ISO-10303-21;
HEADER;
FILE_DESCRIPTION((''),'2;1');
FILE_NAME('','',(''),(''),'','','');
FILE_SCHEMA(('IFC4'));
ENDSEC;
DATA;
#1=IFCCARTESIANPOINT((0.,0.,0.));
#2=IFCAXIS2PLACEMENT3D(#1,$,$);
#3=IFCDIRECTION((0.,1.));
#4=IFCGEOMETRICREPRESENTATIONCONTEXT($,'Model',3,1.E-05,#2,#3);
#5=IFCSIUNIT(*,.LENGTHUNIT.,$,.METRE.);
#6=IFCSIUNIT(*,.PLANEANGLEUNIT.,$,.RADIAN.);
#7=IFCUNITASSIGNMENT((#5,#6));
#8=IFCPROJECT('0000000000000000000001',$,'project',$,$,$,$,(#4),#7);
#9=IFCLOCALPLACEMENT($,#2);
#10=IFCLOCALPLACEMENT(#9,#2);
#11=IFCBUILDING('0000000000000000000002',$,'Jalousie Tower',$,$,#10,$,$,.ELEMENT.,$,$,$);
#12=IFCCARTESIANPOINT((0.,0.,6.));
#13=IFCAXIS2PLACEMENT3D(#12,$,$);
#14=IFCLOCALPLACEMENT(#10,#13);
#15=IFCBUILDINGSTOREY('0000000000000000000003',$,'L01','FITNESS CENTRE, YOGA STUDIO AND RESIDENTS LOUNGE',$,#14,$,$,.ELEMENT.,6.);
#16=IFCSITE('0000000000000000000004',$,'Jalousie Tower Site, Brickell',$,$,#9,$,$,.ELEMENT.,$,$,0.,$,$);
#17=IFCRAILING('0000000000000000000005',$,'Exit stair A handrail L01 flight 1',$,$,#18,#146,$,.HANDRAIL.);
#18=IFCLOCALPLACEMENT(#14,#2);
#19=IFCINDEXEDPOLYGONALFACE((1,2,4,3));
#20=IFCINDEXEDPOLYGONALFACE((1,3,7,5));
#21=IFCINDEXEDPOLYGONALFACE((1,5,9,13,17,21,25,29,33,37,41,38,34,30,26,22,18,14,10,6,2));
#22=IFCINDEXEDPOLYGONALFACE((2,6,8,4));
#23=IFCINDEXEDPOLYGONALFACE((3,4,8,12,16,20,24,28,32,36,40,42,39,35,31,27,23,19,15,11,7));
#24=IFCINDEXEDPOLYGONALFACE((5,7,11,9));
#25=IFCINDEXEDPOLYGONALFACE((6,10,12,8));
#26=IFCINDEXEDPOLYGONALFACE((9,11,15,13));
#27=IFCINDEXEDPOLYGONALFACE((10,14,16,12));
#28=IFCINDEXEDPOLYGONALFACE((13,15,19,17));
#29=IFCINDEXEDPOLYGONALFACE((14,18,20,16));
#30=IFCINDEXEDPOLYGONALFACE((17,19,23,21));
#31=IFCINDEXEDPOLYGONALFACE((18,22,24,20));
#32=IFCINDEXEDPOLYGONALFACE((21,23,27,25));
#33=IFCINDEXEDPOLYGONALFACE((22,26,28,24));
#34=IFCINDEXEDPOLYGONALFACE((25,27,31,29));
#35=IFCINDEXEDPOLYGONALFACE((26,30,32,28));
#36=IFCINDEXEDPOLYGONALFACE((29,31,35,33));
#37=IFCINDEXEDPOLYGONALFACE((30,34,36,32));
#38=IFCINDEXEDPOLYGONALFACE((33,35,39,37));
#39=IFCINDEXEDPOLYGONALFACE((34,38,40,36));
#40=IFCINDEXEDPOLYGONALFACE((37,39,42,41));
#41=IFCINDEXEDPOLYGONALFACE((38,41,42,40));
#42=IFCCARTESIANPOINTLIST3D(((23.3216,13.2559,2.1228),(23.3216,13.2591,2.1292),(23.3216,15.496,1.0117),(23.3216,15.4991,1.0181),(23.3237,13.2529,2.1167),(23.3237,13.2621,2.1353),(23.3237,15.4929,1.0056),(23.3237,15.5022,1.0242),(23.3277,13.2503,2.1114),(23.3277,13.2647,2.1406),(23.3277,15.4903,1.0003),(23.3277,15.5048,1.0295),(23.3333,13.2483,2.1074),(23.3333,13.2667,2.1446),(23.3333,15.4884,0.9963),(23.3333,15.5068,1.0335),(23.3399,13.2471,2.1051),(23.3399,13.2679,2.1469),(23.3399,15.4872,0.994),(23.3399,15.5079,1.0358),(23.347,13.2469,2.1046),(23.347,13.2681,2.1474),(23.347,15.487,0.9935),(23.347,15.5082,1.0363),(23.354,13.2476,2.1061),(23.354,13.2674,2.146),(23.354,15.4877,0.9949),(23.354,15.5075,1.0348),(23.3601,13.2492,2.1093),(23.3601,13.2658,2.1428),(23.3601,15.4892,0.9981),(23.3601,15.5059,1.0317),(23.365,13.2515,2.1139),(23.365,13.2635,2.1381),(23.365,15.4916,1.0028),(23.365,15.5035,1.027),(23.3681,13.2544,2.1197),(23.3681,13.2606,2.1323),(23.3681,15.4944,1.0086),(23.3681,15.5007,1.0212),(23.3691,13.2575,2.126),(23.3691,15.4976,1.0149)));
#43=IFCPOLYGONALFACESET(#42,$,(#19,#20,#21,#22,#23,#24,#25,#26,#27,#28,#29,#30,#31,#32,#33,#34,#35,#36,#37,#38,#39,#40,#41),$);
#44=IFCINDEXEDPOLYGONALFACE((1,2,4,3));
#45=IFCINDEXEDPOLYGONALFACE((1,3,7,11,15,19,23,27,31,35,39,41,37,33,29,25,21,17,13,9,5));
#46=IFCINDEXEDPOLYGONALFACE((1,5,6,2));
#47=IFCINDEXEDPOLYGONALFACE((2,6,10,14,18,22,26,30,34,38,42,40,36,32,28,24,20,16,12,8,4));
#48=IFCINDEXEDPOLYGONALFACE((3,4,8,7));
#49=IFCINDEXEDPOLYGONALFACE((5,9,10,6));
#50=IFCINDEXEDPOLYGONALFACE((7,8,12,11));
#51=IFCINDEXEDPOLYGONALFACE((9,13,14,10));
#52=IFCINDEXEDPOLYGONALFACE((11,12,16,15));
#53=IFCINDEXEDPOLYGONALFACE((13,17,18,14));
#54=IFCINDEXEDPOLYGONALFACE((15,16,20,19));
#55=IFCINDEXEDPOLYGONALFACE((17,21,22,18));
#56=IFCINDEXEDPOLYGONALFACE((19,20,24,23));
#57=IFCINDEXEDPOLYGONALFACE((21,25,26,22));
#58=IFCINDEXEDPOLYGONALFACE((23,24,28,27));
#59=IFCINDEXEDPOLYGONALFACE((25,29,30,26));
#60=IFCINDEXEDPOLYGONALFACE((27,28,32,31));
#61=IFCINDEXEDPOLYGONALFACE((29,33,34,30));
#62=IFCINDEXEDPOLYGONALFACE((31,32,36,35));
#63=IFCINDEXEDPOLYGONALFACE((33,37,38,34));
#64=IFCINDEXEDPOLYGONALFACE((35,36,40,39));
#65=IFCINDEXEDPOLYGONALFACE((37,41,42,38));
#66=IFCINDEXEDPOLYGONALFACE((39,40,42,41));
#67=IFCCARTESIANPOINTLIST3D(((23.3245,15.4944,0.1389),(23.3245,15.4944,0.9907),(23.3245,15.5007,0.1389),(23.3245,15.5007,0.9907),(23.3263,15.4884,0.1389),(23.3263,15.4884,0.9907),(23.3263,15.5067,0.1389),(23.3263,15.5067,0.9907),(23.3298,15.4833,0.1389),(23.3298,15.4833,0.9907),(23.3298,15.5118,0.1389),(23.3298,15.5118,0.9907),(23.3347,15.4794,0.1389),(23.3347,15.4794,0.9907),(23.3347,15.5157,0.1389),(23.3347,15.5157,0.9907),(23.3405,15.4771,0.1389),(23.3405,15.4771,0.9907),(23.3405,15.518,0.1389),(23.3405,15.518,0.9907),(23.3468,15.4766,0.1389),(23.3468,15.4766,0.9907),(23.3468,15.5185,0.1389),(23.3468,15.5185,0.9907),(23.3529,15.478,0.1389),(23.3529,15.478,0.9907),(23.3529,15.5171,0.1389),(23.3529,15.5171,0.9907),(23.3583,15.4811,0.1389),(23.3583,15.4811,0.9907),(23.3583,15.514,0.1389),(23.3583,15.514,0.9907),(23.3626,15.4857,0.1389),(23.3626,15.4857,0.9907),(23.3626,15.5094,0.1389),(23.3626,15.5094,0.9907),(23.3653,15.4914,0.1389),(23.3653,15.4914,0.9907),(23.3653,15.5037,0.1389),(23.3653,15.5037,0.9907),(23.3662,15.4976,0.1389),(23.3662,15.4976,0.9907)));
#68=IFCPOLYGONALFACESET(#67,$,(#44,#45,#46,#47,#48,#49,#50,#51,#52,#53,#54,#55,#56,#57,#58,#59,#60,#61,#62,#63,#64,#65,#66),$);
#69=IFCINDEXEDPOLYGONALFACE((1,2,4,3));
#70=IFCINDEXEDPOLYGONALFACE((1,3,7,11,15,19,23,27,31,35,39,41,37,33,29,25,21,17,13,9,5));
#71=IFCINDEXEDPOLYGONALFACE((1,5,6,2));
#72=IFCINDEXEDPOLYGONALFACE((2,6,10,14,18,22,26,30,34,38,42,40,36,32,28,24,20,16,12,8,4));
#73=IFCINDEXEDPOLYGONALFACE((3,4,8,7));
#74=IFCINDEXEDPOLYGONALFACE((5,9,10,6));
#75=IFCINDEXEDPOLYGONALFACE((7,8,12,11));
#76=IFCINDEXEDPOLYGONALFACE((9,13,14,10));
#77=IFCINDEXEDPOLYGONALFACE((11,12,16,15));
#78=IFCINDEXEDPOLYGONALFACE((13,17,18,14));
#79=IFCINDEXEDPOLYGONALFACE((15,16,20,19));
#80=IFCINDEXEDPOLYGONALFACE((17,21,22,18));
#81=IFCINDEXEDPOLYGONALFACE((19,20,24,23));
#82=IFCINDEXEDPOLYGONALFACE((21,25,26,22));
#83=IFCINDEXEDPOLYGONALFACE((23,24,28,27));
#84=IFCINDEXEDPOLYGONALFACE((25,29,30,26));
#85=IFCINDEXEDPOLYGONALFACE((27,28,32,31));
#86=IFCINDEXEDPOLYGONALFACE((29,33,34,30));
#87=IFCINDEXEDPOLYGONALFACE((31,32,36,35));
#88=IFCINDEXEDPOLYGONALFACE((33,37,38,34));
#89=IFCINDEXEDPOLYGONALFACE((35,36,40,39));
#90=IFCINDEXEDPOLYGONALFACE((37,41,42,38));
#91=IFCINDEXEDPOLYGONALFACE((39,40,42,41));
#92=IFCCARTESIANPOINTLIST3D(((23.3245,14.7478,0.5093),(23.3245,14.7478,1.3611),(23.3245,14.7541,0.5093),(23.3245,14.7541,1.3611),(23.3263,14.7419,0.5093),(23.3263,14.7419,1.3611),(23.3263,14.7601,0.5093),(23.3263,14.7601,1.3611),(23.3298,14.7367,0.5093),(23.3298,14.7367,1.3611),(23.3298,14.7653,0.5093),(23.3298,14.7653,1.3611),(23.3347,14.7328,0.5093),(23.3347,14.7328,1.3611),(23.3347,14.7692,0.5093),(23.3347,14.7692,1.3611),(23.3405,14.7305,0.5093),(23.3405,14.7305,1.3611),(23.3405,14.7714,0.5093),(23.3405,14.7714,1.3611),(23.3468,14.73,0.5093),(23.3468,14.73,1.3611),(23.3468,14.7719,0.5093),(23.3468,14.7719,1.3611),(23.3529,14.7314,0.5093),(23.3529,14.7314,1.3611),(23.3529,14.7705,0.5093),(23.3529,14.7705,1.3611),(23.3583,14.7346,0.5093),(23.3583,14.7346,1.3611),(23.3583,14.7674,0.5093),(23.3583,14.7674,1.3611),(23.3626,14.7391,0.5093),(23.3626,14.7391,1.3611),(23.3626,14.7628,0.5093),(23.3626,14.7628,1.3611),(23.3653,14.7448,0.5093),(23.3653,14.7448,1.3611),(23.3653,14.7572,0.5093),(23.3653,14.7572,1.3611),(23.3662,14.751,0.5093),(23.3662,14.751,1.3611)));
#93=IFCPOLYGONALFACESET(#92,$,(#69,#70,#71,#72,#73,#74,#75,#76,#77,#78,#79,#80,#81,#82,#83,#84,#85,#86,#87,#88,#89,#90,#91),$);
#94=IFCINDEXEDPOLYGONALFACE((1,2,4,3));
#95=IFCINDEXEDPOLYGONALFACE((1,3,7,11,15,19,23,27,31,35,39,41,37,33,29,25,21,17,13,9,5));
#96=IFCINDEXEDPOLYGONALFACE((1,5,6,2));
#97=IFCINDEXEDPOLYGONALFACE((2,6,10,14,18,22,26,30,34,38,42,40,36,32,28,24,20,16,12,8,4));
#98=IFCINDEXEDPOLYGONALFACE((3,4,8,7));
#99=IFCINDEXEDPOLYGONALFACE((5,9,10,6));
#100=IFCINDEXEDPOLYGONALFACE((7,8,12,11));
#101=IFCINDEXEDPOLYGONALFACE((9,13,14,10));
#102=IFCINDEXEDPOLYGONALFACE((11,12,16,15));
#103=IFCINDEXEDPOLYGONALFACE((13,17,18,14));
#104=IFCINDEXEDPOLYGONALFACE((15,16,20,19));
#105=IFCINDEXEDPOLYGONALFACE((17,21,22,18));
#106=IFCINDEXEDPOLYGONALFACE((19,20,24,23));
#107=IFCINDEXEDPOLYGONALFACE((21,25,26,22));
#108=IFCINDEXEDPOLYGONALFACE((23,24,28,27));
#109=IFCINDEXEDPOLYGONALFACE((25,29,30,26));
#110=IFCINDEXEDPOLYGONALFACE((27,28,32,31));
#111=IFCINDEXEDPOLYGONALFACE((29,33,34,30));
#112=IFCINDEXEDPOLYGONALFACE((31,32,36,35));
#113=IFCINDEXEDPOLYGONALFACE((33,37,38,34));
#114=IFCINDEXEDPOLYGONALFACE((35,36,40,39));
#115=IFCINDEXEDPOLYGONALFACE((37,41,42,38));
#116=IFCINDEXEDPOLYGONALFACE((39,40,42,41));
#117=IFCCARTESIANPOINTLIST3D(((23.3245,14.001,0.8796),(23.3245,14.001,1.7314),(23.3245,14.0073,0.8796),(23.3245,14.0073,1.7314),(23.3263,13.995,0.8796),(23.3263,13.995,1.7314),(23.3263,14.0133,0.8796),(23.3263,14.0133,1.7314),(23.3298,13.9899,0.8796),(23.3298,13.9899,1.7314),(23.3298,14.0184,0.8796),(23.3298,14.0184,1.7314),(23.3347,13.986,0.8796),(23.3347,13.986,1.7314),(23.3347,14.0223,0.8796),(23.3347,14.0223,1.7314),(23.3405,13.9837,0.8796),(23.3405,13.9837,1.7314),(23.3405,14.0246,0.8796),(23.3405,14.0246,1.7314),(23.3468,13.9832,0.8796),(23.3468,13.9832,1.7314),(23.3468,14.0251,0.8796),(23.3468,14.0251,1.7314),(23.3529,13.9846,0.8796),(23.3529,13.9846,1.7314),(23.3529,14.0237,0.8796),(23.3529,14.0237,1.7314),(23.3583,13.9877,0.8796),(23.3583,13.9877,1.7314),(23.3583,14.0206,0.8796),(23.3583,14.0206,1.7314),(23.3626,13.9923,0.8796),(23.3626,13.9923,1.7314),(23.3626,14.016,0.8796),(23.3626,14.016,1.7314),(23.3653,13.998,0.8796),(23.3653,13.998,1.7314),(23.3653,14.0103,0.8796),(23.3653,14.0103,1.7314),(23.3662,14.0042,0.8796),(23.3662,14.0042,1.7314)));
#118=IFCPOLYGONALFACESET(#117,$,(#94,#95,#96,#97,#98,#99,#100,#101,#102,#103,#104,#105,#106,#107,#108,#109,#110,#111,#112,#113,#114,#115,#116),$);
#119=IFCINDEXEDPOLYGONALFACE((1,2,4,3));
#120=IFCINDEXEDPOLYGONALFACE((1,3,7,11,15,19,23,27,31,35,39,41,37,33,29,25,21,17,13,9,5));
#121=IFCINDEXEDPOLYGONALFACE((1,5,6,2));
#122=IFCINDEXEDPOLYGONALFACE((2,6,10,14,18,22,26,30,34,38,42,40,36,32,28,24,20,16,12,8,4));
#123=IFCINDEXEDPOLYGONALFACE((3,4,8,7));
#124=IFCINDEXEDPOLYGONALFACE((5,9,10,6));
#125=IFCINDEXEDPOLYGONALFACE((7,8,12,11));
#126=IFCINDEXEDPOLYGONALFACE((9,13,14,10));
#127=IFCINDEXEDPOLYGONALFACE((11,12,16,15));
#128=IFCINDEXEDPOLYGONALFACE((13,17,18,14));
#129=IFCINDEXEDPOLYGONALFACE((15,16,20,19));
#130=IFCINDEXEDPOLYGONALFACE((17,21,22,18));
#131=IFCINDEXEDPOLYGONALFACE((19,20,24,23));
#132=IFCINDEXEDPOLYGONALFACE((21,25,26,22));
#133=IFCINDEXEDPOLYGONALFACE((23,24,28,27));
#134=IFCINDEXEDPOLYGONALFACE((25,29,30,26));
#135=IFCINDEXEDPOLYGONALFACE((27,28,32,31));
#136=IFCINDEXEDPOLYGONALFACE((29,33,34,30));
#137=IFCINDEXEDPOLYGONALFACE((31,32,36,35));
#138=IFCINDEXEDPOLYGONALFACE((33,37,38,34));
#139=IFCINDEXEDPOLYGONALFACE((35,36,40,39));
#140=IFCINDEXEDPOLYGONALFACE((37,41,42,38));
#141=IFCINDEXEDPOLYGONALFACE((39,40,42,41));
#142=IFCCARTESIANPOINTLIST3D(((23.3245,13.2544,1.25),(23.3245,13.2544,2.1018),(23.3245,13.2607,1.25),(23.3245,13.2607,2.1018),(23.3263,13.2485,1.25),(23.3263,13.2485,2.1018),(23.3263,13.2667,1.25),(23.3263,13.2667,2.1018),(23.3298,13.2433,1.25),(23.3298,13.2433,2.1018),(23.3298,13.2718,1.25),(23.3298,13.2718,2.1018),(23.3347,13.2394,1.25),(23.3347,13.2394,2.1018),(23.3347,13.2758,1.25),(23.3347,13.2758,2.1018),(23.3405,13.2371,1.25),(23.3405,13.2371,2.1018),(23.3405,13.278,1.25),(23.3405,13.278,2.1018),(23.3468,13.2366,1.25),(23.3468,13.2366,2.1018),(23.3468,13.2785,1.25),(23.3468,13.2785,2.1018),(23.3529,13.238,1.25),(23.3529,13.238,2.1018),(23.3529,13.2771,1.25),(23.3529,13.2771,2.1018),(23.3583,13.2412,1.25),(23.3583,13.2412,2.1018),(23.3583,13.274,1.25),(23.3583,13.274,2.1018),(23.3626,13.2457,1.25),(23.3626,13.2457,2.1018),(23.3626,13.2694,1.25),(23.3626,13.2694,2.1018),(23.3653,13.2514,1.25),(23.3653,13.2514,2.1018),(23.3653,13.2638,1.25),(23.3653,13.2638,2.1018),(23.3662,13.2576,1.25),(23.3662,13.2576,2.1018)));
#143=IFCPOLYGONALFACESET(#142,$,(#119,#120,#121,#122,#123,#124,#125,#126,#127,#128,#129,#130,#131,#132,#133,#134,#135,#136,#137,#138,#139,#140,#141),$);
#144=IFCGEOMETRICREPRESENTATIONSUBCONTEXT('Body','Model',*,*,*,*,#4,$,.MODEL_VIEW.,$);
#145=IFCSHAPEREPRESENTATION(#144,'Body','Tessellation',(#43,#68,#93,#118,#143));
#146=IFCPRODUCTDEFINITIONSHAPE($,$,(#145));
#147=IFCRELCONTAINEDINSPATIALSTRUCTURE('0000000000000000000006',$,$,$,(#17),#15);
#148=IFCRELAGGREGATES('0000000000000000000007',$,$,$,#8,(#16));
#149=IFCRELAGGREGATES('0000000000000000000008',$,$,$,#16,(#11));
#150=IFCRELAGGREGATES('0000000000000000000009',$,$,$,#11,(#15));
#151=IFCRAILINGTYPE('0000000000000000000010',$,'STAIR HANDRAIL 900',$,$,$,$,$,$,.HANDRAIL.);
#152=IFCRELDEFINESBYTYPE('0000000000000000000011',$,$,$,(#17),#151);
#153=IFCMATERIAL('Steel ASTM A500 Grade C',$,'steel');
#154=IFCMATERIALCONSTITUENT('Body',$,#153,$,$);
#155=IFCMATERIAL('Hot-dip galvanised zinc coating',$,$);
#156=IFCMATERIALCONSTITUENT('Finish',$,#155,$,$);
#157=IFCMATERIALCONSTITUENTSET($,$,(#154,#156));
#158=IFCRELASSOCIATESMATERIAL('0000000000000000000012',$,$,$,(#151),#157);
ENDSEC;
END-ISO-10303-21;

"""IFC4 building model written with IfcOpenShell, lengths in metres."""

from ifc_helpers import new_model, si_unit, direction, frame, origin, origin_2d, place, context, subcontext, project, spatial, circle, extrude, material, constituent, constituent_set, type_object, element, save


model = new_model("IFC4")

# Units and contexts
model_context = context("Model", 3, precision=1e-05, world=origin(), true_north=direction((0.0, 1.0)))
body_context = subcontext(model_context, "Body", "Model", "MODEL_VIEW")
ifc_project = project(units=[si_unit("LENGTHUNIT", "METRE"), si_unit("PLANEANGLEUNIT", "RADIAN")], contexts=[model_context])

# Site, building, storey
site_placement = place(None, origin())
site = spatial("IfcSite", under=ifc_project, at=site_placement, Name="Jalousie Tower Site, Brickell", CompositionType="ELEMENT", RefElevation=0.0)
building_placement = place(site_placement, origin())
building = spatial("IfcBuilding", under=site, at=building_placement, Name="Jalousie Tower", CompositionType="ELEMENT")
storey_placement = place(building_placement, frame((0.0, 0.0, 6.0)))
storey = spatial("IfcBuildingStorey", under=building, at=storey_placement, Name="L01", Description="FITNESS CENTRE, YOGA STUDIO AND RESIDENTS LOUNGE", CompositionType="ELEMENT", Elevation=6.0)

# Railing
ifc_material_1 = material(Name="Steel ASTM A500 Grade C", Category="steel")
ifc_constituent_1 = constituent(ifc_material_1, Name="Body")
ifc_material_2 = material(Name="Hot-dip galvanised zinc coating")
ifc_constituent_2 = constituent(ifc_material_2, Name="Finish")
ifc_constituent_set_1 = constituent_set(constituents=[ifc_constituent_1, ifc_constituent_2])
railing_type_1 = type_object("IfcRailingType", Name="STAIR HANDRAIL 900", PredefinedType="HANDRAIL", material=ifc_constituent_set_1)
railing_1_placement = place(storey_placement, frame((23.3452, 15.4976, 0.1389)))
element("IfcRailing", 1, at=railing_1_placement, inside=storey, type_object=railing_type_1, Name="Exit stair A handrail L01 flight 1", PredefinedType="HANDRAIL", context=body_context, shape_type="SweptSolid", body=[
    extrude(circle(Radius=0.0239, at=origin_2d()), frame((0.0, 0.0, 0.876), z_axis=(0.0, -0.895848, 0.44436), x_axis=(1.0, 0.0, 0.0)), (0.0, 0.0, 1.0), 2.5005),
    extrude(circle(Radius=0.021, at=origin_2d()), origin(), (0.0, 0.0, 1.0), 0.8518),
    extrude(circle(Radius=0.021, at=origin_2d()), frame((0.0, -0.7466, 0.3704)), (0.0, 0.0, 1.0), 0.8518),
    extrude(circle(Radius=0.021, at=origin_2d()), frame((0.0, -1.4934, 0.7407)), (0.0, 0.0, 1.0), 0.8518),
    extrude(circle(Radius=0.021, at=origin_2d()), frame((0.0, -2.24, 1.1111)), (0.0, 0.0, 1.0), 0.8518),
])

save(model, "model.ifc")
